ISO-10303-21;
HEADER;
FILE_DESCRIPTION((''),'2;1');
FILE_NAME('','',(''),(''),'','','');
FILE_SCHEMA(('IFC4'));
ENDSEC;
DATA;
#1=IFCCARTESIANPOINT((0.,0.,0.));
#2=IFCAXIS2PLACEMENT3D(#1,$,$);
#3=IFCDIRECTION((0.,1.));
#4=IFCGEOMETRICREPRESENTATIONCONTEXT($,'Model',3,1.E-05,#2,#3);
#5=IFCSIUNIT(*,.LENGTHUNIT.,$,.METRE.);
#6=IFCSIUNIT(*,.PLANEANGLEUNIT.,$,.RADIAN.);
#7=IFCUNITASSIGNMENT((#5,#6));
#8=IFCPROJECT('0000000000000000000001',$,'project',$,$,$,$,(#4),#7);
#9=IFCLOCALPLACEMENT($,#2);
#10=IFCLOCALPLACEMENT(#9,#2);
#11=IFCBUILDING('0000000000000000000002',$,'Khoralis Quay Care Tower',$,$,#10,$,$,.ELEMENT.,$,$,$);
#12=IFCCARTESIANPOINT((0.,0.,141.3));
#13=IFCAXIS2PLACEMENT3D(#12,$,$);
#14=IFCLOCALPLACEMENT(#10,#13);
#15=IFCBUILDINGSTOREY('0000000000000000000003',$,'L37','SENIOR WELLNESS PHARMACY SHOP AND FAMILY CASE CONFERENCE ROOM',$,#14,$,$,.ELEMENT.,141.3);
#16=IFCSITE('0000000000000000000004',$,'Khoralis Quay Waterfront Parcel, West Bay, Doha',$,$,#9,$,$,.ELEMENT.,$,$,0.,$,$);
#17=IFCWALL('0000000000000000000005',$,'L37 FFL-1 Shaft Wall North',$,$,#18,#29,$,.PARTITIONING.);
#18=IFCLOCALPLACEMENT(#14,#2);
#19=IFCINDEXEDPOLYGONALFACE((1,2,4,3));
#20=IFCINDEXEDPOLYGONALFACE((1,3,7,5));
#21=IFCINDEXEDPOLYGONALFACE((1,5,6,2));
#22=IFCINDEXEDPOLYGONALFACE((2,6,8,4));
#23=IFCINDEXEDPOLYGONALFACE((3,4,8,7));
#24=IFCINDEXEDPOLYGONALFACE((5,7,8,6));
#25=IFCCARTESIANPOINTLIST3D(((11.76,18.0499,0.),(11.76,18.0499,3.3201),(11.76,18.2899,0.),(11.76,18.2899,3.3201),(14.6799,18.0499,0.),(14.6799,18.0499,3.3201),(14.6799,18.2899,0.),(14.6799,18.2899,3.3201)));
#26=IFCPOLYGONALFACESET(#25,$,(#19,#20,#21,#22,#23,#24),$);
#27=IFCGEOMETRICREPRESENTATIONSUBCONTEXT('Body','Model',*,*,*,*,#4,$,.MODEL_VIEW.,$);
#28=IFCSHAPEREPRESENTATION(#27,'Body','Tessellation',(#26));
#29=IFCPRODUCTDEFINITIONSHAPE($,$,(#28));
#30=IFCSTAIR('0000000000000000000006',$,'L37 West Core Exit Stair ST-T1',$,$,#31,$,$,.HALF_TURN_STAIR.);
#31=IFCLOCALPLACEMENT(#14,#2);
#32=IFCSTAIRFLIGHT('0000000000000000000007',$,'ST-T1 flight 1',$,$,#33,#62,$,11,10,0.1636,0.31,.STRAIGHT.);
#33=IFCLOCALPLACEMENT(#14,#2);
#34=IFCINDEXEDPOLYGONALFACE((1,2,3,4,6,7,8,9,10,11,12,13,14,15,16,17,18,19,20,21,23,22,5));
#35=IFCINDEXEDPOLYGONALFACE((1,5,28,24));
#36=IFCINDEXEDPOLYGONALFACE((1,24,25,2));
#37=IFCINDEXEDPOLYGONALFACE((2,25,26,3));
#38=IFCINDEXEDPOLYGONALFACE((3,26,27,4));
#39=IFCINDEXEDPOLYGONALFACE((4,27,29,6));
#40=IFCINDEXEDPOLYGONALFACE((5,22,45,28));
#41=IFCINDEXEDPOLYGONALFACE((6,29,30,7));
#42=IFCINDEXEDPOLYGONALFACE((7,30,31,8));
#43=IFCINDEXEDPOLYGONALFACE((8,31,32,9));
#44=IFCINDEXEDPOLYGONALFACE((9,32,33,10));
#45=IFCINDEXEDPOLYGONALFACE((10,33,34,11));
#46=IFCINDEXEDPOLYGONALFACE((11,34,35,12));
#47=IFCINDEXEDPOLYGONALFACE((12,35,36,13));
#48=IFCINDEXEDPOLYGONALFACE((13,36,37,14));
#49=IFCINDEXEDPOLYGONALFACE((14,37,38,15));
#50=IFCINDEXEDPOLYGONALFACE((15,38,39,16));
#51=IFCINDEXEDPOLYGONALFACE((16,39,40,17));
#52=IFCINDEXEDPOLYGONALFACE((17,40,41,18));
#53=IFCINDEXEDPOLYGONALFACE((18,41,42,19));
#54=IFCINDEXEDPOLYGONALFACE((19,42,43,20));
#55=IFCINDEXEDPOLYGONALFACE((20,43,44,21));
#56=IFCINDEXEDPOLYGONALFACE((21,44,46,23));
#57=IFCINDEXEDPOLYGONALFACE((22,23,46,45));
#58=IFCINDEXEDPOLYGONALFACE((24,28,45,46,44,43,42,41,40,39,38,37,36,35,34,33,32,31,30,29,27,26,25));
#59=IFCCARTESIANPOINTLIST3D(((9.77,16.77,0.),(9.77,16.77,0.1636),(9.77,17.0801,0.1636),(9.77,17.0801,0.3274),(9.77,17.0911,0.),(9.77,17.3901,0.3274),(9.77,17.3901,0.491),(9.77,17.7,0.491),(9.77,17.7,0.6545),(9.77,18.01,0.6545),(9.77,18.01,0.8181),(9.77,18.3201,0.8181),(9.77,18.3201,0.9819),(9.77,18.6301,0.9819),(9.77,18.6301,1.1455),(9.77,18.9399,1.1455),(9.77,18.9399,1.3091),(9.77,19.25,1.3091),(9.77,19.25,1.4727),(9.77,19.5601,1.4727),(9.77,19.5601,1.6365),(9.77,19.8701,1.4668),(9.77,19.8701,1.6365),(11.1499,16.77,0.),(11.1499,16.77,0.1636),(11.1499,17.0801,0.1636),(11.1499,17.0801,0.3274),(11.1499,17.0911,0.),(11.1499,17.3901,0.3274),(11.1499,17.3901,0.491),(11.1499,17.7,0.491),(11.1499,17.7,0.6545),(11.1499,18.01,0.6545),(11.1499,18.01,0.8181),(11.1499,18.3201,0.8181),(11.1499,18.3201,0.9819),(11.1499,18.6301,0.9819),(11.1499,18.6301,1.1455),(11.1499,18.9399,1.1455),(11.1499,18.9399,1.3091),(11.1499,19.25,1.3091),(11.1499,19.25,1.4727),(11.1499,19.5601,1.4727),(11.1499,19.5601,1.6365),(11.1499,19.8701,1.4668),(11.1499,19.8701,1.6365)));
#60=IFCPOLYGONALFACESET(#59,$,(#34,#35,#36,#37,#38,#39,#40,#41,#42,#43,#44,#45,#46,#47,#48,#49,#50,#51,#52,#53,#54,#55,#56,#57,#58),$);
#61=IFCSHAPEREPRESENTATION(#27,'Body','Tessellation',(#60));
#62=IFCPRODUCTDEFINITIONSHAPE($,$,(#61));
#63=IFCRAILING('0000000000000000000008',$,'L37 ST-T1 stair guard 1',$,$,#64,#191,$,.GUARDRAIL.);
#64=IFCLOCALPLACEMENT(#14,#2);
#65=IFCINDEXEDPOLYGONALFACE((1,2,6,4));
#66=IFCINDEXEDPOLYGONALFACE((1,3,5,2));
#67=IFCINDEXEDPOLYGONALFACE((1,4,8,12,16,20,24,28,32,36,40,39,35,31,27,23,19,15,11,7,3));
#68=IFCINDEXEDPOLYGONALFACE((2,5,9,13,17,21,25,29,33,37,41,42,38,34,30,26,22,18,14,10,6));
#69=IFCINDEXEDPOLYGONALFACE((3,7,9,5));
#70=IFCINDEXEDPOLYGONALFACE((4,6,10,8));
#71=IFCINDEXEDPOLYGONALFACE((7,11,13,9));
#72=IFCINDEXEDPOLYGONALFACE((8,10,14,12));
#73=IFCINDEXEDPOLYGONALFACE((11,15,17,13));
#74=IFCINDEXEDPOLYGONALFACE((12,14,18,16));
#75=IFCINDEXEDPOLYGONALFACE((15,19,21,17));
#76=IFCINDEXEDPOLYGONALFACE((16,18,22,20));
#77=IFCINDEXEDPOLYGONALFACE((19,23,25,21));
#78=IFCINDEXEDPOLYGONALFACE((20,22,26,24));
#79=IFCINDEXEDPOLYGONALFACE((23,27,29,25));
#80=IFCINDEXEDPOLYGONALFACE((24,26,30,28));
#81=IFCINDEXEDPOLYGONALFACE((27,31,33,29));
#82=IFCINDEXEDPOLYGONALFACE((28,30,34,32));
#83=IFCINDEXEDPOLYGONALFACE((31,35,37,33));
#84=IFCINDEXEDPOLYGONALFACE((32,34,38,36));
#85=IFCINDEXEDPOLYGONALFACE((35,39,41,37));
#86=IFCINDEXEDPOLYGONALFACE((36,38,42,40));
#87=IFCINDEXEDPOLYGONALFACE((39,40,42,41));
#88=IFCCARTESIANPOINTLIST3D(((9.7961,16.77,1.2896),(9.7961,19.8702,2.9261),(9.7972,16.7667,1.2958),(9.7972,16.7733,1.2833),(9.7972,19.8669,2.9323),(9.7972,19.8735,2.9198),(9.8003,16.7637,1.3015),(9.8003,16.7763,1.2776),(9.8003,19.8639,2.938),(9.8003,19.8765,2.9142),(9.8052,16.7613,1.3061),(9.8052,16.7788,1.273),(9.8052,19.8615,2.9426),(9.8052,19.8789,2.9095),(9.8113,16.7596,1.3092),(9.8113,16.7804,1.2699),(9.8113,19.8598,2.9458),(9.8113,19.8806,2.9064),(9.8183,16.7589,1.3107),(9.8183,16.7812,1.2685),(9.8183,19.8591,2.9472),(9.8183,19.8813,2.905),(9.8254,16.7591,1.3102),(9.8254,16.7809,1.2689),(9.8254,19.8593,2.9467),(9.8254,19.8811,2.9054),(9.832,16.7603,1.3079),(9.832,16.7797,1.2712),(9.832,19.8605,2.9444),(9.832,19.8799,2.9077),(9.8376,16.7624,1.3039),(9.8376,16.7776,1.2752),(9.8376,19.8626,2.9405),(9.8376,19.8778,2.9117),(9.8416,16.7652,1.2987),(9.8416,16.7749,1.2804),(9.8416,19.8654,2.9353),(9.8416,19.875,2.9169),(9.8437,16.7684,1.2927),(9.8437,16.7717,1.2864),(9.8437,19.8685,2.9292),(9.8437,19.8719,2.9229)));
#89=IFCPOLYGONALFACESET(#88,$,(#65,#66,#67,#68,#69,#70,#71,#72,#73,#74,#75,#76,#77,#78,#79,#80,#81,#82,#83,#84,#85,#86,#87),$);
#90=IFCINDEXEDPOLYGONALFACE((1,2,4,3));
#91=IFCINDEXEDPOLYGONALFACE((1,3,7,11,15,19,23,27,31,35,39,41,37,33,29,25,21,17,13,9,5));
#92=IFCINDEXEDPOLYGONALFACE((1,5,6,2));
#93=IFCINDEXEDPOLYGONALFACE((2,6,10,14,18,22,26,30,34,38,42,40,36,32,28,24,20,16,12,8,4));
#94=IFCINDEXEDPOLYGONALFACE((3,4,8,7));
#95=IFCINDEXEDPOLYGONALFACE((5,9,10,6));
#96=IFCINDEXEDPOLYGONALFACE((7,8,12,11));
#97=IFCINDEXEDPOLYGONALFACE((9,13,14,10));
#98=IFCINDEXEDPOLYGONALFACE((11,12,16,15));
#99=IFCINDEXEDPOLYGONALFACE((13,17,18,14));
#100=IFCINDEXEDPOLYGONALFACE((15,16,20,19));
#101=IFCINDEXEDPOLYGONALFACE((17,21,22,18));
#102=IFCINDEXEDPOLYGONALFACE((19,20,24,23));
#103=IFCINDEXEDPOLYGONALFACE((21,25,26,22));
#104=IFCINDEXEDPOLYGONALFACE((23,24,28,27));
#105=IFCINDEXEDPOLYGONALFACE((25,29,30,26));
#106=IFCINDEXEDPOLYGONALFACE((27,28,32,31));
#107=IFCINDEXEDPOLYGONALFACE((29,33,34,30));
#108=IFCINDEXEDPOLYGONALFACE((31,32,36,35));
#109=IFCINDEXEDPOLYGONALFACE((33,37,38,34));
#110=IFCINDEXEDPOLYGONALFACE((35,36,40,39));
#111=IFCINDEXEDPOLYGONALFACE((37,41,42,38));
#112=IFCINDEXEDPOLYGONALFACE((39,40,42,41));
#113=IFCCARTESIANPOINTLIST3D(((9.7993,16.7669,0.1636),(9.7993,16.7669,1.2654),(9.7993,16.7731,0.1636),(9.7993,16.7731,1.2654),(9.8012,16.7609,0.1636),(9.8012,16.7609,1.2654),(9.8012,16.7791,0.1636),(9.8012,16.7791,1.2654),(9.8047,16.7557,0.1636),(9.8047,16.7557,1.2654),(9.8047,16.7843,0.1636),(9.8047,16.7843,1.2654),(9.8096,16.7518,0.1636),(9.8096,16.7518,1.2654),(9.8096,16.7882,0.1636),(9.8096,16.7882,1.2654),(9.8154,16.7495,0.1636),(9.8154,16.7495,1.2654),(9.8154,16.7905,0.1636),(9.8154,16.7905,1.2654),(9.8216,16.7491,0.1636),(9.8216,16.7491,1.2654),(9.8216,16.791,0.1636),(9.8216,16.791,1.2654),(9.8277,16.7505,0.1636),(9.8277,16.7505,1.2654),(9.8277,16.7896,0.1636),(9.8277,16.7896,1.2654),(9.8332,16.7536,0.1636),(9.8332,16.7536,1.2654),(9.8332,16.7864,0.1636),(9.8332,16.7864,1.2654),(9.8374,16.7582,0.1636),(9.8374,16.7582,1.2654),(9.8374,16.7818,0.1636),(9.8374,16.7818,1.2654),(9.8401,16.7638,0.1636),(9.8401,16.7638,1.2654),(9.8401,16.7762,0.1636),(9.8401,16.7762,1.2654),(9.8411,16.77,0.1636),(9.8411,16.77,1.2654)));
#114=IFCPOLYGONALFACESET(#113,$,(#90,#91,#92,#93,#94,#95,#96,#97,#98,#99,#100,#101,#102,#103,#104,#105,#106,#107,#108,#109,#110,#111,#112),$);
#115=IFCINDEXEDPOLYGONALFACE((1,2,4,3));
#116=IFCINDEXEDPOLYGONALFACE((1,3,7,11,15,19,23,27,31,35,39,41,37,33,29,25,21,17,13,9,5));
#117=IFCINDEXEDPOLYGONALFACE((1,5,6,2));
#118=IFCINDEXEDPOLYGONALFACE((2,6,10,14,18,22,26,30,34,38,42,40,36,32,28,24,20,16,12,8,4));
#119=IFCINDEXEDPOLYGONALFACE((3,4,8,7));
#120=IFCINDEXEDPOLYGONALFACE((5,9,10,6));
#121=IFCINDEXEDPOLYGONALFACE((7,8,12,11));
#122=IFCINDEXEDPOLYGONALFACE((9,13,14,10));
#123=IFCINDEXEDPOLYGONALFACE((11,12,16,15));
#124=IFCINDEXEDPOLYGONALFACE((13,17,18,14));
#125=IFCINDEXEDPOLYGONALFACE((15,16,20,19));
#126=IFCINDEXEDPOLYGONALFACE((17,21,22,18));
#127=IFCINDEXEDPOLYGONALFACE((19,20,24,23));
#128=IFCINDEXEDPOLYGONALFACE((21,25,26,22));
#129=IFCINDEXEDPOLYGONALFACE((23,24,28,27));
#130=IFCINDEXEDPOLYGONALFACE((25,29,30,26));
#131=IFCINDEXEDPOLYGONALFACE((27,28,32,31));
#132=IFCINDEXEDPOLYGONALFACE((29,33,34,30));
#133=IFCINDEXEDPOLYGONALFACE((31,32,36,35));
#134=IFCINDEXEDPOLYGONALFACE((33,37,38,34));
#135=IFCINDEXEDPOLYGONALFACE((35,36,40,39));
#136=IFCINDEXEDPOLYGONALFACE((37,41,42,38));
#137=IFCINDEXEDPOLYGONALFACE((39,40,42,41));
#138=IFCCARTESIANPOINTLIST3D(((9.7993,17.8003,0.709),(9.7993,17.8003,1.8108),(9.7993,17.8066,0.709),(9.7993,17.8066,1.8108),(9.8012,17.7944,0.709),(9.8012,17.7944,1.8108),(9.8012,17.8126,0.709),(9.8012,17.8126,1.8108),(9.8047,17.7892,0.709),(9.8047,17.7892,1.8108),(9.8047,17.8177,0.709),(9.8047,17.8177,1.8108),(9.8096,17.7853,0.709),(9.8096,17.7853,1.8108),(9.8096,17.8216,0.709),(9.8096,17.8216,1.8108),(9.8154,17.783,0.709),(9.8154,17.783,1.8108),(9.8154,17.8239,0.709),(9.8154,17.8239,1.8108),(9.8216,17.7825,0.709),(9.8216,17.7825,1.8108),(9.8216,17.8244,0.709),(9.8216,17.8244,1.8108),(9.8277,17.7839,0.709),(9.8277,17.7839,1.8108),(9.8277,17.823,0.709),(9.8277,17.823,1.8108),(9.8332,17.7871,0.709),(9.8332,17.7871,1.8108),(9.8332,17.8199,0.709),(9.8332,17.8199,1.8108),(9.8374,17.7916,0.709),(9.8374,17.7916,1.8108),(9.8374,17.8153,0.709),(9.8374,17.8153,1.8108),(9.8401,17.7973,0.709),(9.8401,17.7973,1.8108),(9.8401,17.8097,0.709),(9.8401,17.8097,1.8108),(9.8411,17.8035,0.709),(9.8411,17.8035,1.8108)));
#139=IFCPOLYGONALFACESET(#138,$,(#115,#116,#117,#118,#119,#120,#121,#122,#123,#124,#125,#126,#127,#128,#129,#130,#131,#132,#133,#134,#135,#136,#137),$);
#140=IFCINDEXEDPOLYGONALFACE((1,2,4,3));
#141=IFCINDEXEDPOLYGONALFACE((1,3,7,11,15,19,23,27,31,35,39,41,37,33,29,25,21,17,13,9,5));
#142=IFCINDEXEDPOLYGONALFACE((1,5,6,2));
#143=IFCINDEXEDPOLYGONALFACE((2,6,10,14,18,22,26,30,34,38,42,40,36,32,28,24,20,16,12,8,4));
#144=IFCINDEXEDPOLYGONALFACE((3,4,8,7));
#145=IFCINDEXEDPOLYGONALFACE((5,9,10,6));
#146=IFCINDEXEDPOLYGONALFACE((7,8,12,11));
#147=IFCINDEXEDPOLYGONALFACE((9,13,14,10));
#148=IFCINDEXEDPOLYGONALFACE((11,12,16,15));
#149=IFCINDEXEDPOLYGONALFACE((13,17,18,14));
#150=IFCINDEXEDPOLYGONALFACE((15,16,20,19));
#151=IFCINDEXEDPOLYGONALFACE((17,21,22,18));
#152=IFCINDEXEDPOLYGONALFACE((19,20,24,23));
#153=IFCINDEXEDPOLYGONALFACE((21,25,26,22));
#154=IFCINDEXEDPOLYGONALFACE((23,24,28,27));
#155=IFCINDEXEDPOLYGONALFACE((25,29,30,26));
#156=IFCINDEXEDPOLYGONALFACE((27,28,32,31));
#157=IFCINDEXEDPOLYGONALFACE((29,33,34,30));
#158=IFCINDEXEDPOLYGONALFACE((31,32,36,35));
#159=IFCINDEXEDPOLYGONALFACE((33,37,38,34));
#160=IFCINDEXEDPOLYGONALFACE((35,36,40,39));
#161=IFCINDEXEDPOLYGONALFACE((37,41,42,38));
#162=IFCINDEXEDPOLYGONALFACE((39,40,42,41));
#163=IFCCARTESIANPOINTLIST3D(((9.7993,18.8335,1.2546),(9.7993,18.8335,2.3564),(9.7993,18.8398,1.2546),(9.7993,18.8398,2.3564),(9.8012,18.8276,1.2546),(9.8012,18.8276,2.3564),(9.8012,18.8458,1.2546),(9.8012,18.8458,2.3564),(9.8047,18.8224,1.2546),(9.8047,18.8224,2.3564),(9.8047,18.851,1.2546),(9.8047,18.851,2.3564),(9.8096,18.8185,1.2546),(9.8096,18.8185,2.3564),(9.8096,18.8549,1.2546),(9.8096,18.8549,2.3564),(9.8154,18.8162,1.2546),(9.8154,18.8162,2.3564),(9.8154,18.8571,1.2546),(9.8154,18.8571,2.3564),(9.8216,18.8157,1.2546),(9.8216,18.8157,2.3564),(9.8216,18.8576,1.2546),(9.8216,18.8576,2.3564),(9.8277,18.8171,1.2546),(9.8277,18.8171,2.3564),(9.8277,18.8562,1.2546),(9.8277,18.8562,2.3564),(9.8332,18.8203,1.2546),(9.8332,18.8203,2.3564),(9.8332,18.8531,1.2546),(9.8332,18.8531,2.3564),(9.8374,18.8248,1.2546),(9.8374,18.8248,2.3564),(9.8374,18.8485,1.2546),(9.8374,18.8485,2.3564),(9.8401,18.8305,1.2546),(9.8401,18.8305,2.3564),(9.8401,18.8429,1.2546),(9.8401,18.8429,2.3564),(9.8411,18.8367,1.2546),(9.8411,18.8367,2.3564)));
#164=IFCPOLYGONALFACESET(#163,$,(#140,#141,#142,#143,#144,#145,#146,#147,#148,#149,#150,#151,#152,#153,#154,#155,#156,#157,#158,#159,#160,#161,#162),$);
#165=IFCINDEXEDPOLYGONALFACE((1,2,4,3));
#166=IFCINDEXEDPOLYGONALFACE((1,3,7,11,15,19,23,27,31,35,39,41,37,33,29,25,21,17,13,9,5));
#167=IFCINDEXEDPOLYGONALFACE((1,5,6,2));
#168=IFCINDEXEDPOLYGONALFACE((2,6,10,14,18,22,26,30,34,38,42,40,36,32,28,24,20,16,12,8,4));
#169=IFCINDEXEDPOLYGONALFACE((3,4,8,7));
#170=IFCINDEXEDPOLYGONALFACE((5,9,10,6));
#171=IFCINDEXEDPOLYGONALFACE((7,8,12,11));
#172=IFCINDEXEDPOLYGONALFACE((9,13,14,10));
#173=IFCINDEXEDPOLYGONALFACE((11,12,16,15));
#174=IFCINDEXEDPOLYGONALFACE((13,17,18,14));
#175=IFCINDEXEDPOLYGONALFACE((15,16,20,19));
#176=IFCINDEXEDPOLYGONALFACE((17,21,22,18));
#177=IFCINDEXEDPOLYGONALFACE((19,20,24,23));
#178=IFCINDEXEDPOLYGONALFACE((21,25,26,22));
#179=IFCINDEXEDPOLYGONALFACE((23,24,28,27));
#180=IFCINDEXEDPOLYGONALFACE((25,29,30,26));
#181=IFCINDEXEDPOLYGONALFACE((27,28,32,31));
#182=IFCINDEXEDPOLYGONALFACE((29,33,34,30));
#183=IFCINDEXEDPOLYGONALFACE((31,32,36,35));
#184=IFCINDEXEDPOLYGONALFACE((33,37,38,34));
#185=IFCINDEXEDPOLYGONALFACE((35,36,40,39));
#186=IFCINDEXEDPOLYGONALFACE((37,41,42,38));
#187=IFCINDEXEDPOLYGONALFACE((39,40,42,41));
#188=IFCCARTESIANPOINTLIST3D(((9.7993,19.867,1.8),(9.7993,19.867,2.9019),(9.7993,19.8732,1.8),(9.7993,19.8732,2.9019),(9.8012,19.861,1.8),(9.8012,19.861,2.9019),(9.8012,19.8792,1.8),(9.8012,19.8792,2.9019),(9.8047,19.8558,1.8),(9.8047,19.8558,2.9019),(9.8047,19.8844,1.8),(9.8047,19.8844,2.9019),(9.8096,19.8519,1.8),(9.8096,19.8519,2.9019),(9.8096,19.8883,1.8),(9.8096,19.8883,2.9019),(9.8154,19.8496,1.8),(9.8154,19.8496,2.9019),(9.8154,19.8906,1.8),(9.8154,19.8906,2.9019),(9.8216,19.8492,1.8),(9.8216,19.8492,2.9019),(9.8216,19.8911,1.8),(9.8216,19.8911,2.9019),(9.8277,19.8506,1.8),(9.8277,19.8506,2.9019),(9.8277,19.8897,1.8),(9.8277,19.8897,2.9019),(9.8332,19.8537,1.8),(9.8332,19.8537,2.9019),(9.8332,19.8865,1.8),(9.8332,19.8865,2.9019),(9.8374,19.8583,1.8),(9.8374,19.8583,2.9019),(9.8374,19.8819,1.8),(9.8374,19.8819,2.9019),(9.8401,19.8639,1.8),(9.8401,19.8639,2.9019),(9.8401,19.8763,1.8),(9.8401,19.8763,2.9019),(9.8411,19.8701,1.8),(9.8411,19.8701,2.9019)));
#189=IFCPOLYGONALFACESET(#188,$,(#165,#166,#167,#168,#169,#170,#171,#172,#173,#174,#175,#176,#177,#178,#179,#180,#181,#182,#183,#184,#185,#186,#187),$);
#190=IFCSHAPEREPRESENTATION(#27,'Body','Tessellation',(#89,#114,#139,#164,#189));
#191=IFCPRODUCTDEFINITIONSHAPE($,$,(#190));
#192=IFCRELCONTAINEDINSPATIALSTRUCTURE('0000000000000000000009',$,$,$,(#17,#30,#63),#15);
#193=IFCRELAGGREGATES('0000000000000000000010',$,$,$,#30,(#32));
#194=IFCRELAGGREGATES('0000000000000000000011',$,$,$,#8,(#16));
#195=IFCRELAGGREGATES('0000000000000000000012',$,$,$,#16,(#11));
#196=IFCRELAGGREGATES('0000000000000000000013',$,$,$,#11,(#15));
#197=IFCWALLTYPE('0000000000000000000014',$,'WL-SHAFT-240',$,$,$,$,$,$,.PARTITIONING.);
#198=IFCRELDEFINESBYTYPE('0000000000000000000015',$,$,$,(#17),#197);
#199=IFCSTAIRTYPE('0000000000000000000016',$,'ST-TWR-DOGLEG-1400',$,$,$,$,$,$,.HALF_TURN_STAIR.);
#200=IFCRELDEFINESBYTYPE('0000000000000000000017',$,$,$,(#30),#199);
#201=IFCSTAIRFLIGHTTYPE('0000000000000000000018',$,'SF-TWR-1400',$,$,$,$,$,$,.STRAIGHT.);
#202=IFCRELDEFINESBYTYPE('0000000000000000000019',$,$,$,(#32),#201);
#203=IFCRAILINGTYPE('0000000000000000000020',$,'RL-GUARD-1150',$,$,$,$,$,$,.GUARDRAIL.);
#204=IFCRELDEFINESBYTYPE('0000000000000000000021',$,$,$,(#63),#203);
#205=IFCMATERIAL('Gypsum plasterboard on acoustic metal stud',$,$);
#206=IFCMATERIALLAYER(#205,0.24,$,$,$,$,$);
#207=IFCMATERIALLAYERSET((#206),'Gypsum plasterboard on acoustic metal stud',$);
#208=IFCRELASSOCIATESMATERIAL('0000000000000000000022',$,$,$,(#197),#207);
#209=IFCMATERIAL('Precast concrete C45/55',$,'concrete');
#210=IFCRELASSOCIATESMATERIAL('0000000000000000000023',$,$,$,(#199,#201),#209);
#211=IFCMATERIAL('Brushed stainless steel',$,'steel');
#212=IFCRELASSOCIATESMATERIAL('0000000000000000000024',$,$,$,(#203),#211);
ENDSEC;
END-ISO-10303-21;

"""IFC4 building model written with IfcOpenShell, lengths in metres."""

from ifc_helpers import new_model, si_unit, direction, frame, frame_2d, origin, origin_2d, place, context, subcontext, project, spatial, polyline, rectangle, circle, outline, extrude, source, transform, mapped, material, layer, layer_set, type_object, element, aggregate, save


model = new_model("IFC4")

# Units and contexts
model_context = context("Model", 3, precision=1e-05, world=origin(), true_north=direction((0.0, 1.0)))
body_context = subcontext(model_context, "Body", "Model", "MODEL_VIEW")
ifc_project = project(units=[si_unit("LENGTHUNIT", "METRE"), si_unit("PLANEANGLEUNIT", "RADIAN")], contexts=[model_context])

# Site, building, storey
site_placement = place(None, origin())
site = spatial("IfcSite", under=ifc_project, at=site_placement, Name="Khoralis Quay Waterfront Parcel, West Bay, Doha", CompositionType="ELEMENT", RefElevation=0.0)
building_placement = place(site_placement, origin())
building = spatial("IfcBuilding", under=site, at=building_placement, Name="Khoralis Quay Care Tower", CompositionType="ELEMENT")
storey_placement = place(building_placement, frame((0.0, 0.0, 141.3)))
storey = spatial("IfcBuildingStorey", under=building, at=storey_placement, Name="L37", Description="SENIOR WELLNESS PHARMACY SHOP AND FAMILY CASE CONFERENCE ROOM", CompositionType="ELEMENT", Elevation=141.3)

# Shared definitions
ifc_material_1 = material(Name="Gypsum plasterboard on acoustic metal stud")

# Wall
ifc_layer_1 = layer(ifc_material_1, 0.24)
ifc_layer_set_1 = layer_set([ifc_layer_1], Name="Gypsum plasterboard on acoustic metal stud")
wall_type_1 = type_object("IfcWallType", Name="WL-SHAFT-240", PredefinedType="PARTITIONING", material=ifc_layer_set_1)
wall_1_placement = place(storey_placement, frame((11.76, 18.1699, 0.0), z_axis=(0.0, 0.0, 1.0), x_axis=(1.0, 0.0, 0.0)))
element("IfcWall", 1, at=wall_1_placement, inside=storey, type_object=wall_type_1, Name="L37 FFL-1 Shaft Wall North", PredefinedType="PARTITIONING", context=body_context, shape_type="SweptSolid", body=[
    extrude(rectangle(XDim=2.9199, YDim=0.24, at=frame_2d((1.46, 0.0))), origin(), (0.0, 0.0, 1.0), 3.3201),
])

# Stair, stair flight
ifc_material_2 = material(Name="Precast concrete C45/55", Category="concrete")
stair_type = type_object("IfcStairType", Name="ST-TWR-DOGLEG-1400", PredefinedType="HALF_TURN_STAIR", material=ifc_material_2)
stair_placement = place(storey_placement, origin())
stair = element("IfcStair", 2, at=stair_placement, inside=storey, type_object=stair_type, Name="L37 West Core Exit Stair ST-T1", PredefinedType="HALF_TURN_STAIR")
stair_flight_type = type_object("IfcStairFlightType", Name="SF-TWR-1400", PredefinedType="STRAIGHT", material=ifc_material_2)
shared_shape_1 = source(origin(), body_context, "Body", "SweptSolid", [
    extrude(outline(polyline([(0.0, 0.0), (0.0, 0.1636), (0.3101, 0.1636), (0.3101, 0.3274), (0.6201, 0.3274), (0.6201, 0.491), (0.9299, 0.491), (0.9299, 0.6545), (1.24, 0.6545), (1.24, 0.8181), (1.55, 0.8181), (1.55, 0.9819), (1.8601, 0.9819), (1.8601, 1.1455), (2.1699, 1.1455), (2.1699, 1.3091), (2.48, 1.3091), (2.48, 1.4727), (2.79, 1.4727), (2.79, 1.6365), (3.1001, 1.6365), (3.1001, 1.8), (3.1001, 1.4668), (0.321, 0.0), (0.0, 0.0)])), frame((0.0, 0.6899, 0.0), z_axis=(0.0, -1.0, 0.0), x_axis=(1.0, 0.0, 0.0)), (0.0, 0.0, 1.0), 1.3799),
])
stair_flight_placement = place(storey_placement, frame((10.46, 16.77, 0.0), z_axis=(0.0, 0.0, 1.0), x_axis=(0.0, 1.0, 0.0)))
stair_flight = element("IfcStairFlight", 3, at=stair_flight_placement, type_object=stair_flight_type, Name="ST-T1 flight 1", NumberOfRisers=11, NumberOfTreads=10, PredefinedType="STRAIGHT", RiserHeight=0.1636, TreadLength=0.31, context=body_context, shape_type="MappedRepresentation", body=[
    mapped(shared_shape_1, transform((0.0, 0.0, 0.0), scale=1.0)),
])
aggregate(stair, [stair_flight])

# Railing
ifc_material_3 = material(Name="Brushed stainless steel", Category="steel")
railing_type_1 = type_object("IfcRailingType", Name="RL-GUARD-1150", PredefinedType="GUARDRAIL", material=ifc_material_3)
railing_1_placement = place(storey_placement, frame((9.8201, 16.77, 0.1636)))
element("IfcRailing", 4, at=railing_1_placement, inside=storey, type_object=railing_type_1, Name="L37 ST-T1 stair guard 1", PredefinedType="GUARDRAIL", context=body_context, shape_type="SweptSolid", body=[
    extrude(circle(Radius=0.0239, at=origin_2d()), frame((0.0, 0.0, 1.126), z_axis=(0.0, 0.884348, 0.466828), x_axis=(-1.0, 0.0, 0.0)), (0.0, 0.0, 1.0), 3.5056),
    extrude(circle(Radius=0.021, at=origin_2d()), origin(), (0.0, 0.0, 1.0), 1.1018),
    extrude(circle(Radius=0.021, at=origin_2d()), frame((0.0, 1.0334, 0.5454)), (0.0, 0.0, 1.0), 1.1018),
    extrude(circle(Radius=0.021, at=origin_2d()), frame((0.0, 2.0667, 1.0911)), (0.0, 0.0, 1.0), 1.1018),
    extrude(circle(Radius=0.021, at=origin_2d()), frame((0.0, 3.1001, 1.6365)), (0.0, 0.0, 1.0), 1.1018),
])

save(model, "model.ifc")
